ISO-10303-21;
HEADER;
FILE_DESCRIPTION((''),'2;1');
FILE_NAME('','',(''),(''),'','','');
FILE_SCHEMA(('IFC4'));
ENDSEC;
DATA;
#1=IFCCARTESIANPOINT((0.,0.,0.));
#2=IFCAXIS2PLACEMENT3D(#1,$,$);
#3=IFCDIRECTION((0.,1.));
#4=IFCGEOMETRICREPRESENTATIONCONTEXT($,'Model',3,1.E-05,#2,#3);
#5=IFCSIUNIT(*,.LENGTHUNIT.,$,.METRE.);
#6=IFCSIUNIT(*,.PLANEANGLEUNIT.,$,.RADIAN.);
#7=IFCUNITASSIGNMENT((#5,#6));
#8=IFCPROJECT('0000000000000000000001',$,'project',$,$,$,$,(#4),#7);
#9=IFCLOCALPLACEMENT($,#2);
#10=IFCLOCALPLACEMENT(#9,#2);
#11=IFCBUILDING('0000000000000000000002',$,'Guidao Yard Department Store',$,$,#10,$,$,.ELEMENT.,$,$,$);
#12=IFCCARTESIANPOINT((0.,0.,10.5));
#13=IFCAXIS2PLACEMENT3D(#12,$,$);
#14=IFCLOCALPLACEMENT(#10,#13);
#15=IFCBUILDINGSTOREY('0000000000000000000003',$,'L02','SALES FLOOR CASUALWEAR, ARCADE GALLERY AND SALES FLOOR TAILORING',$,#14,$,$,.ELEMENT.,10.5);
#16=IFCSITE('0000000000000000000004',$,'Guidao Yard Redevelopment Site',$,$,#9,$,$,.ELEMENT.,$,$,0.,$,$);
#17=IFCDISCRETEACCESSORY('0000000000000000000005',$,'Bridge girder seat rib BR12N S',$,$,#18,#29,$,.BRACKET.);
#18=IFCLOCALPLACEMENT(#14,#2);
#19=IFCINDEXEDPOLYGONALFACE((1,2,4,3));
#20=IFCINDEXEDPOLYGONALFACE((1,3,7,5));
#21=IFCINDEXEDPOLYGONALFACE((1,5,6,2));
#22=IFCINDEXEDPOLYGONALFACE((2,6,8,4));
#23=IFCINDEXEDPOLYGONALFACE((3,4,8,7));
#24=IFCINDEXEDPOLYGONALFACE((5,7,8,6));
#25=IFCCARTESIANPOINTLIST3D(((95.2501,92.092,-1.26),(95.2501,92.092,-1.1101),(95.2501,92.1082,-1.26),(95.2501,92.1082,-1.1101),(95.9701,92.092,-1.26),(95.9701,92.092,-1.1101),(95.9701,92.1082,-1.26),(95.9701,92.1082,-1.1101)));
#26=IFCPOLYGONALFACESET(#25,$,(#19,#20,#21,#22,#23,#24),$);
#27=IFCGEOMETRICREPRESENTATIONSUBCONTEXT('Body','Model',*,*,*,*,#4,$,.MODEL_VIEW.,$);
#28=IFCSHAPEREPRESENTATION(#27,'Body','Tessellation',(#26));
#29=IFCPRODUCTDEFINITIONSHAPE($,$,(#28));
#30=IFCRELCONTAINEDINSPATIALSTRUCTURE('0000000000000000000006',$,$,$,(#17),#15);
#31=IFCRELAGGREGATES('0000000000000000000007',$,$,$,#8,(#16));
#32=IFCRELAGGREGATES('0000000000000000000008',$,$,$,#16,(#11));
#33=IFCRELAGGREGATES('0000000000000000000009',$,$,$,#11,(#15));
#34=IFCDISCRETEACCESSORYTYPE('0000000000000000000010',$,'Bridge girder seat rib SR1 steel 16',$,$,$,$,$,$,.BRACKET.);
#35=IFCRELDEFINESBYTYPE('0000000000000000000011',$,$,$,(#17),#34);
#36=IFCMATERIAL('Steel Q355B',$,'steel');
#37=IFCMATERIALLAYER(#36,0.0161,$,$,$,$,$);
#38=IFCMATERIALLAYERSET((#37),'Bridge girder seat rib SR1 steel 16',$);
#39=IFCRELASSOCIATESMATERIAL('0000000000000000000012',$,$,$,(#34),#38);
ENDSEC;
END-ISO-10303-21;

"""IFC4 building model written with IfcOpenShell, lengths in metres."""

from ifc_helpers import new_model, si_unit, direction, frame, origin, origin_2d, place, context, subcontext, project, spatial, rectangle, extrude, material, layer, layer_set, type_object, element, save


model = new_model("IFC4")

# Units and contexts
model_context = context("Model", 3, precision=1e-05, world=origin(), true_north=direction((0.0, 1.0)))
body_context = subcontext(model_context, "Body", "Model", "MODEL_VIEW")
ifc_project = project(units=[si_unit("LENGTHUNIT", "METRE"), si_unit("PLANEANGLEUNIT", "RADIAN")], contexts=[model_context])

# Site, building, storey
site_placement = place(None, origin())
site = spatial("IfcSite", under=ifc_project, at=site_placement, Name="Guidao Yard Redevelopment Site", CompositionType="ELEMENT", RefElevation=0.0)
building_placement = place(site_placement, origin())
building = spatial("IfcBuilding", under=site, at=building_placement, Name="Guidao Yard Department Store", CompositionType="ELEMENT")
storey_placement = place(building_placement, frame((0.0, 0.0, 10.5)))
storey = spatial("IfcBuildingStorey", under=building, at=storey_placement, Name="L02", Description="SALES FLOOR CASUALWEAR, ARCADE GALLERY AND SALES FLOOR TAILORING", CompositionType="ELEMENT", Elevation=10.5)

# Discrete accessory
ifc_material_1 = material(Name="Steel Q355B", Category="steel")
ifc_layer_1 = layer(ifc_material_1, 0.0161)
ifc_layer_set_1 = layer_set([ifc_layer_1], Name="Bridge girder seat rib SR1 steel 16")
discrete_accessory_type = type_object("IfcDiscreteAccessoryType", Name="Bridge girder seat rib SR1 steel 16", PredefinedType="BRACKET", material=ifc_layer_set_1)
for number, where, z_axis, x_axis, name in (
    (1, (95.6101, 92.1001, -1.26), (0.0, 0.0, 1.0), (1.0, 0.0, 0.0), "Bridge girder seat rib BR12N S"),
):
    element("IfcDiscreteAccessory", number, at=place(storey_placement, frame(where, z_axis=z_axis, x_axis=x_axis)), inside=storey, type_object=discrete_accessory_type, Name=name, PredefinedType="BRACKET", context=body_context, shape_type="SweptSolid", body=[
        extrude(rectangle(XDim=0.72, YDim=0.0161, at=origin_2d()), origin(), (0.0, 0.0, 1.0), 0.1499),
    ])

save(model, "model.ifc")
